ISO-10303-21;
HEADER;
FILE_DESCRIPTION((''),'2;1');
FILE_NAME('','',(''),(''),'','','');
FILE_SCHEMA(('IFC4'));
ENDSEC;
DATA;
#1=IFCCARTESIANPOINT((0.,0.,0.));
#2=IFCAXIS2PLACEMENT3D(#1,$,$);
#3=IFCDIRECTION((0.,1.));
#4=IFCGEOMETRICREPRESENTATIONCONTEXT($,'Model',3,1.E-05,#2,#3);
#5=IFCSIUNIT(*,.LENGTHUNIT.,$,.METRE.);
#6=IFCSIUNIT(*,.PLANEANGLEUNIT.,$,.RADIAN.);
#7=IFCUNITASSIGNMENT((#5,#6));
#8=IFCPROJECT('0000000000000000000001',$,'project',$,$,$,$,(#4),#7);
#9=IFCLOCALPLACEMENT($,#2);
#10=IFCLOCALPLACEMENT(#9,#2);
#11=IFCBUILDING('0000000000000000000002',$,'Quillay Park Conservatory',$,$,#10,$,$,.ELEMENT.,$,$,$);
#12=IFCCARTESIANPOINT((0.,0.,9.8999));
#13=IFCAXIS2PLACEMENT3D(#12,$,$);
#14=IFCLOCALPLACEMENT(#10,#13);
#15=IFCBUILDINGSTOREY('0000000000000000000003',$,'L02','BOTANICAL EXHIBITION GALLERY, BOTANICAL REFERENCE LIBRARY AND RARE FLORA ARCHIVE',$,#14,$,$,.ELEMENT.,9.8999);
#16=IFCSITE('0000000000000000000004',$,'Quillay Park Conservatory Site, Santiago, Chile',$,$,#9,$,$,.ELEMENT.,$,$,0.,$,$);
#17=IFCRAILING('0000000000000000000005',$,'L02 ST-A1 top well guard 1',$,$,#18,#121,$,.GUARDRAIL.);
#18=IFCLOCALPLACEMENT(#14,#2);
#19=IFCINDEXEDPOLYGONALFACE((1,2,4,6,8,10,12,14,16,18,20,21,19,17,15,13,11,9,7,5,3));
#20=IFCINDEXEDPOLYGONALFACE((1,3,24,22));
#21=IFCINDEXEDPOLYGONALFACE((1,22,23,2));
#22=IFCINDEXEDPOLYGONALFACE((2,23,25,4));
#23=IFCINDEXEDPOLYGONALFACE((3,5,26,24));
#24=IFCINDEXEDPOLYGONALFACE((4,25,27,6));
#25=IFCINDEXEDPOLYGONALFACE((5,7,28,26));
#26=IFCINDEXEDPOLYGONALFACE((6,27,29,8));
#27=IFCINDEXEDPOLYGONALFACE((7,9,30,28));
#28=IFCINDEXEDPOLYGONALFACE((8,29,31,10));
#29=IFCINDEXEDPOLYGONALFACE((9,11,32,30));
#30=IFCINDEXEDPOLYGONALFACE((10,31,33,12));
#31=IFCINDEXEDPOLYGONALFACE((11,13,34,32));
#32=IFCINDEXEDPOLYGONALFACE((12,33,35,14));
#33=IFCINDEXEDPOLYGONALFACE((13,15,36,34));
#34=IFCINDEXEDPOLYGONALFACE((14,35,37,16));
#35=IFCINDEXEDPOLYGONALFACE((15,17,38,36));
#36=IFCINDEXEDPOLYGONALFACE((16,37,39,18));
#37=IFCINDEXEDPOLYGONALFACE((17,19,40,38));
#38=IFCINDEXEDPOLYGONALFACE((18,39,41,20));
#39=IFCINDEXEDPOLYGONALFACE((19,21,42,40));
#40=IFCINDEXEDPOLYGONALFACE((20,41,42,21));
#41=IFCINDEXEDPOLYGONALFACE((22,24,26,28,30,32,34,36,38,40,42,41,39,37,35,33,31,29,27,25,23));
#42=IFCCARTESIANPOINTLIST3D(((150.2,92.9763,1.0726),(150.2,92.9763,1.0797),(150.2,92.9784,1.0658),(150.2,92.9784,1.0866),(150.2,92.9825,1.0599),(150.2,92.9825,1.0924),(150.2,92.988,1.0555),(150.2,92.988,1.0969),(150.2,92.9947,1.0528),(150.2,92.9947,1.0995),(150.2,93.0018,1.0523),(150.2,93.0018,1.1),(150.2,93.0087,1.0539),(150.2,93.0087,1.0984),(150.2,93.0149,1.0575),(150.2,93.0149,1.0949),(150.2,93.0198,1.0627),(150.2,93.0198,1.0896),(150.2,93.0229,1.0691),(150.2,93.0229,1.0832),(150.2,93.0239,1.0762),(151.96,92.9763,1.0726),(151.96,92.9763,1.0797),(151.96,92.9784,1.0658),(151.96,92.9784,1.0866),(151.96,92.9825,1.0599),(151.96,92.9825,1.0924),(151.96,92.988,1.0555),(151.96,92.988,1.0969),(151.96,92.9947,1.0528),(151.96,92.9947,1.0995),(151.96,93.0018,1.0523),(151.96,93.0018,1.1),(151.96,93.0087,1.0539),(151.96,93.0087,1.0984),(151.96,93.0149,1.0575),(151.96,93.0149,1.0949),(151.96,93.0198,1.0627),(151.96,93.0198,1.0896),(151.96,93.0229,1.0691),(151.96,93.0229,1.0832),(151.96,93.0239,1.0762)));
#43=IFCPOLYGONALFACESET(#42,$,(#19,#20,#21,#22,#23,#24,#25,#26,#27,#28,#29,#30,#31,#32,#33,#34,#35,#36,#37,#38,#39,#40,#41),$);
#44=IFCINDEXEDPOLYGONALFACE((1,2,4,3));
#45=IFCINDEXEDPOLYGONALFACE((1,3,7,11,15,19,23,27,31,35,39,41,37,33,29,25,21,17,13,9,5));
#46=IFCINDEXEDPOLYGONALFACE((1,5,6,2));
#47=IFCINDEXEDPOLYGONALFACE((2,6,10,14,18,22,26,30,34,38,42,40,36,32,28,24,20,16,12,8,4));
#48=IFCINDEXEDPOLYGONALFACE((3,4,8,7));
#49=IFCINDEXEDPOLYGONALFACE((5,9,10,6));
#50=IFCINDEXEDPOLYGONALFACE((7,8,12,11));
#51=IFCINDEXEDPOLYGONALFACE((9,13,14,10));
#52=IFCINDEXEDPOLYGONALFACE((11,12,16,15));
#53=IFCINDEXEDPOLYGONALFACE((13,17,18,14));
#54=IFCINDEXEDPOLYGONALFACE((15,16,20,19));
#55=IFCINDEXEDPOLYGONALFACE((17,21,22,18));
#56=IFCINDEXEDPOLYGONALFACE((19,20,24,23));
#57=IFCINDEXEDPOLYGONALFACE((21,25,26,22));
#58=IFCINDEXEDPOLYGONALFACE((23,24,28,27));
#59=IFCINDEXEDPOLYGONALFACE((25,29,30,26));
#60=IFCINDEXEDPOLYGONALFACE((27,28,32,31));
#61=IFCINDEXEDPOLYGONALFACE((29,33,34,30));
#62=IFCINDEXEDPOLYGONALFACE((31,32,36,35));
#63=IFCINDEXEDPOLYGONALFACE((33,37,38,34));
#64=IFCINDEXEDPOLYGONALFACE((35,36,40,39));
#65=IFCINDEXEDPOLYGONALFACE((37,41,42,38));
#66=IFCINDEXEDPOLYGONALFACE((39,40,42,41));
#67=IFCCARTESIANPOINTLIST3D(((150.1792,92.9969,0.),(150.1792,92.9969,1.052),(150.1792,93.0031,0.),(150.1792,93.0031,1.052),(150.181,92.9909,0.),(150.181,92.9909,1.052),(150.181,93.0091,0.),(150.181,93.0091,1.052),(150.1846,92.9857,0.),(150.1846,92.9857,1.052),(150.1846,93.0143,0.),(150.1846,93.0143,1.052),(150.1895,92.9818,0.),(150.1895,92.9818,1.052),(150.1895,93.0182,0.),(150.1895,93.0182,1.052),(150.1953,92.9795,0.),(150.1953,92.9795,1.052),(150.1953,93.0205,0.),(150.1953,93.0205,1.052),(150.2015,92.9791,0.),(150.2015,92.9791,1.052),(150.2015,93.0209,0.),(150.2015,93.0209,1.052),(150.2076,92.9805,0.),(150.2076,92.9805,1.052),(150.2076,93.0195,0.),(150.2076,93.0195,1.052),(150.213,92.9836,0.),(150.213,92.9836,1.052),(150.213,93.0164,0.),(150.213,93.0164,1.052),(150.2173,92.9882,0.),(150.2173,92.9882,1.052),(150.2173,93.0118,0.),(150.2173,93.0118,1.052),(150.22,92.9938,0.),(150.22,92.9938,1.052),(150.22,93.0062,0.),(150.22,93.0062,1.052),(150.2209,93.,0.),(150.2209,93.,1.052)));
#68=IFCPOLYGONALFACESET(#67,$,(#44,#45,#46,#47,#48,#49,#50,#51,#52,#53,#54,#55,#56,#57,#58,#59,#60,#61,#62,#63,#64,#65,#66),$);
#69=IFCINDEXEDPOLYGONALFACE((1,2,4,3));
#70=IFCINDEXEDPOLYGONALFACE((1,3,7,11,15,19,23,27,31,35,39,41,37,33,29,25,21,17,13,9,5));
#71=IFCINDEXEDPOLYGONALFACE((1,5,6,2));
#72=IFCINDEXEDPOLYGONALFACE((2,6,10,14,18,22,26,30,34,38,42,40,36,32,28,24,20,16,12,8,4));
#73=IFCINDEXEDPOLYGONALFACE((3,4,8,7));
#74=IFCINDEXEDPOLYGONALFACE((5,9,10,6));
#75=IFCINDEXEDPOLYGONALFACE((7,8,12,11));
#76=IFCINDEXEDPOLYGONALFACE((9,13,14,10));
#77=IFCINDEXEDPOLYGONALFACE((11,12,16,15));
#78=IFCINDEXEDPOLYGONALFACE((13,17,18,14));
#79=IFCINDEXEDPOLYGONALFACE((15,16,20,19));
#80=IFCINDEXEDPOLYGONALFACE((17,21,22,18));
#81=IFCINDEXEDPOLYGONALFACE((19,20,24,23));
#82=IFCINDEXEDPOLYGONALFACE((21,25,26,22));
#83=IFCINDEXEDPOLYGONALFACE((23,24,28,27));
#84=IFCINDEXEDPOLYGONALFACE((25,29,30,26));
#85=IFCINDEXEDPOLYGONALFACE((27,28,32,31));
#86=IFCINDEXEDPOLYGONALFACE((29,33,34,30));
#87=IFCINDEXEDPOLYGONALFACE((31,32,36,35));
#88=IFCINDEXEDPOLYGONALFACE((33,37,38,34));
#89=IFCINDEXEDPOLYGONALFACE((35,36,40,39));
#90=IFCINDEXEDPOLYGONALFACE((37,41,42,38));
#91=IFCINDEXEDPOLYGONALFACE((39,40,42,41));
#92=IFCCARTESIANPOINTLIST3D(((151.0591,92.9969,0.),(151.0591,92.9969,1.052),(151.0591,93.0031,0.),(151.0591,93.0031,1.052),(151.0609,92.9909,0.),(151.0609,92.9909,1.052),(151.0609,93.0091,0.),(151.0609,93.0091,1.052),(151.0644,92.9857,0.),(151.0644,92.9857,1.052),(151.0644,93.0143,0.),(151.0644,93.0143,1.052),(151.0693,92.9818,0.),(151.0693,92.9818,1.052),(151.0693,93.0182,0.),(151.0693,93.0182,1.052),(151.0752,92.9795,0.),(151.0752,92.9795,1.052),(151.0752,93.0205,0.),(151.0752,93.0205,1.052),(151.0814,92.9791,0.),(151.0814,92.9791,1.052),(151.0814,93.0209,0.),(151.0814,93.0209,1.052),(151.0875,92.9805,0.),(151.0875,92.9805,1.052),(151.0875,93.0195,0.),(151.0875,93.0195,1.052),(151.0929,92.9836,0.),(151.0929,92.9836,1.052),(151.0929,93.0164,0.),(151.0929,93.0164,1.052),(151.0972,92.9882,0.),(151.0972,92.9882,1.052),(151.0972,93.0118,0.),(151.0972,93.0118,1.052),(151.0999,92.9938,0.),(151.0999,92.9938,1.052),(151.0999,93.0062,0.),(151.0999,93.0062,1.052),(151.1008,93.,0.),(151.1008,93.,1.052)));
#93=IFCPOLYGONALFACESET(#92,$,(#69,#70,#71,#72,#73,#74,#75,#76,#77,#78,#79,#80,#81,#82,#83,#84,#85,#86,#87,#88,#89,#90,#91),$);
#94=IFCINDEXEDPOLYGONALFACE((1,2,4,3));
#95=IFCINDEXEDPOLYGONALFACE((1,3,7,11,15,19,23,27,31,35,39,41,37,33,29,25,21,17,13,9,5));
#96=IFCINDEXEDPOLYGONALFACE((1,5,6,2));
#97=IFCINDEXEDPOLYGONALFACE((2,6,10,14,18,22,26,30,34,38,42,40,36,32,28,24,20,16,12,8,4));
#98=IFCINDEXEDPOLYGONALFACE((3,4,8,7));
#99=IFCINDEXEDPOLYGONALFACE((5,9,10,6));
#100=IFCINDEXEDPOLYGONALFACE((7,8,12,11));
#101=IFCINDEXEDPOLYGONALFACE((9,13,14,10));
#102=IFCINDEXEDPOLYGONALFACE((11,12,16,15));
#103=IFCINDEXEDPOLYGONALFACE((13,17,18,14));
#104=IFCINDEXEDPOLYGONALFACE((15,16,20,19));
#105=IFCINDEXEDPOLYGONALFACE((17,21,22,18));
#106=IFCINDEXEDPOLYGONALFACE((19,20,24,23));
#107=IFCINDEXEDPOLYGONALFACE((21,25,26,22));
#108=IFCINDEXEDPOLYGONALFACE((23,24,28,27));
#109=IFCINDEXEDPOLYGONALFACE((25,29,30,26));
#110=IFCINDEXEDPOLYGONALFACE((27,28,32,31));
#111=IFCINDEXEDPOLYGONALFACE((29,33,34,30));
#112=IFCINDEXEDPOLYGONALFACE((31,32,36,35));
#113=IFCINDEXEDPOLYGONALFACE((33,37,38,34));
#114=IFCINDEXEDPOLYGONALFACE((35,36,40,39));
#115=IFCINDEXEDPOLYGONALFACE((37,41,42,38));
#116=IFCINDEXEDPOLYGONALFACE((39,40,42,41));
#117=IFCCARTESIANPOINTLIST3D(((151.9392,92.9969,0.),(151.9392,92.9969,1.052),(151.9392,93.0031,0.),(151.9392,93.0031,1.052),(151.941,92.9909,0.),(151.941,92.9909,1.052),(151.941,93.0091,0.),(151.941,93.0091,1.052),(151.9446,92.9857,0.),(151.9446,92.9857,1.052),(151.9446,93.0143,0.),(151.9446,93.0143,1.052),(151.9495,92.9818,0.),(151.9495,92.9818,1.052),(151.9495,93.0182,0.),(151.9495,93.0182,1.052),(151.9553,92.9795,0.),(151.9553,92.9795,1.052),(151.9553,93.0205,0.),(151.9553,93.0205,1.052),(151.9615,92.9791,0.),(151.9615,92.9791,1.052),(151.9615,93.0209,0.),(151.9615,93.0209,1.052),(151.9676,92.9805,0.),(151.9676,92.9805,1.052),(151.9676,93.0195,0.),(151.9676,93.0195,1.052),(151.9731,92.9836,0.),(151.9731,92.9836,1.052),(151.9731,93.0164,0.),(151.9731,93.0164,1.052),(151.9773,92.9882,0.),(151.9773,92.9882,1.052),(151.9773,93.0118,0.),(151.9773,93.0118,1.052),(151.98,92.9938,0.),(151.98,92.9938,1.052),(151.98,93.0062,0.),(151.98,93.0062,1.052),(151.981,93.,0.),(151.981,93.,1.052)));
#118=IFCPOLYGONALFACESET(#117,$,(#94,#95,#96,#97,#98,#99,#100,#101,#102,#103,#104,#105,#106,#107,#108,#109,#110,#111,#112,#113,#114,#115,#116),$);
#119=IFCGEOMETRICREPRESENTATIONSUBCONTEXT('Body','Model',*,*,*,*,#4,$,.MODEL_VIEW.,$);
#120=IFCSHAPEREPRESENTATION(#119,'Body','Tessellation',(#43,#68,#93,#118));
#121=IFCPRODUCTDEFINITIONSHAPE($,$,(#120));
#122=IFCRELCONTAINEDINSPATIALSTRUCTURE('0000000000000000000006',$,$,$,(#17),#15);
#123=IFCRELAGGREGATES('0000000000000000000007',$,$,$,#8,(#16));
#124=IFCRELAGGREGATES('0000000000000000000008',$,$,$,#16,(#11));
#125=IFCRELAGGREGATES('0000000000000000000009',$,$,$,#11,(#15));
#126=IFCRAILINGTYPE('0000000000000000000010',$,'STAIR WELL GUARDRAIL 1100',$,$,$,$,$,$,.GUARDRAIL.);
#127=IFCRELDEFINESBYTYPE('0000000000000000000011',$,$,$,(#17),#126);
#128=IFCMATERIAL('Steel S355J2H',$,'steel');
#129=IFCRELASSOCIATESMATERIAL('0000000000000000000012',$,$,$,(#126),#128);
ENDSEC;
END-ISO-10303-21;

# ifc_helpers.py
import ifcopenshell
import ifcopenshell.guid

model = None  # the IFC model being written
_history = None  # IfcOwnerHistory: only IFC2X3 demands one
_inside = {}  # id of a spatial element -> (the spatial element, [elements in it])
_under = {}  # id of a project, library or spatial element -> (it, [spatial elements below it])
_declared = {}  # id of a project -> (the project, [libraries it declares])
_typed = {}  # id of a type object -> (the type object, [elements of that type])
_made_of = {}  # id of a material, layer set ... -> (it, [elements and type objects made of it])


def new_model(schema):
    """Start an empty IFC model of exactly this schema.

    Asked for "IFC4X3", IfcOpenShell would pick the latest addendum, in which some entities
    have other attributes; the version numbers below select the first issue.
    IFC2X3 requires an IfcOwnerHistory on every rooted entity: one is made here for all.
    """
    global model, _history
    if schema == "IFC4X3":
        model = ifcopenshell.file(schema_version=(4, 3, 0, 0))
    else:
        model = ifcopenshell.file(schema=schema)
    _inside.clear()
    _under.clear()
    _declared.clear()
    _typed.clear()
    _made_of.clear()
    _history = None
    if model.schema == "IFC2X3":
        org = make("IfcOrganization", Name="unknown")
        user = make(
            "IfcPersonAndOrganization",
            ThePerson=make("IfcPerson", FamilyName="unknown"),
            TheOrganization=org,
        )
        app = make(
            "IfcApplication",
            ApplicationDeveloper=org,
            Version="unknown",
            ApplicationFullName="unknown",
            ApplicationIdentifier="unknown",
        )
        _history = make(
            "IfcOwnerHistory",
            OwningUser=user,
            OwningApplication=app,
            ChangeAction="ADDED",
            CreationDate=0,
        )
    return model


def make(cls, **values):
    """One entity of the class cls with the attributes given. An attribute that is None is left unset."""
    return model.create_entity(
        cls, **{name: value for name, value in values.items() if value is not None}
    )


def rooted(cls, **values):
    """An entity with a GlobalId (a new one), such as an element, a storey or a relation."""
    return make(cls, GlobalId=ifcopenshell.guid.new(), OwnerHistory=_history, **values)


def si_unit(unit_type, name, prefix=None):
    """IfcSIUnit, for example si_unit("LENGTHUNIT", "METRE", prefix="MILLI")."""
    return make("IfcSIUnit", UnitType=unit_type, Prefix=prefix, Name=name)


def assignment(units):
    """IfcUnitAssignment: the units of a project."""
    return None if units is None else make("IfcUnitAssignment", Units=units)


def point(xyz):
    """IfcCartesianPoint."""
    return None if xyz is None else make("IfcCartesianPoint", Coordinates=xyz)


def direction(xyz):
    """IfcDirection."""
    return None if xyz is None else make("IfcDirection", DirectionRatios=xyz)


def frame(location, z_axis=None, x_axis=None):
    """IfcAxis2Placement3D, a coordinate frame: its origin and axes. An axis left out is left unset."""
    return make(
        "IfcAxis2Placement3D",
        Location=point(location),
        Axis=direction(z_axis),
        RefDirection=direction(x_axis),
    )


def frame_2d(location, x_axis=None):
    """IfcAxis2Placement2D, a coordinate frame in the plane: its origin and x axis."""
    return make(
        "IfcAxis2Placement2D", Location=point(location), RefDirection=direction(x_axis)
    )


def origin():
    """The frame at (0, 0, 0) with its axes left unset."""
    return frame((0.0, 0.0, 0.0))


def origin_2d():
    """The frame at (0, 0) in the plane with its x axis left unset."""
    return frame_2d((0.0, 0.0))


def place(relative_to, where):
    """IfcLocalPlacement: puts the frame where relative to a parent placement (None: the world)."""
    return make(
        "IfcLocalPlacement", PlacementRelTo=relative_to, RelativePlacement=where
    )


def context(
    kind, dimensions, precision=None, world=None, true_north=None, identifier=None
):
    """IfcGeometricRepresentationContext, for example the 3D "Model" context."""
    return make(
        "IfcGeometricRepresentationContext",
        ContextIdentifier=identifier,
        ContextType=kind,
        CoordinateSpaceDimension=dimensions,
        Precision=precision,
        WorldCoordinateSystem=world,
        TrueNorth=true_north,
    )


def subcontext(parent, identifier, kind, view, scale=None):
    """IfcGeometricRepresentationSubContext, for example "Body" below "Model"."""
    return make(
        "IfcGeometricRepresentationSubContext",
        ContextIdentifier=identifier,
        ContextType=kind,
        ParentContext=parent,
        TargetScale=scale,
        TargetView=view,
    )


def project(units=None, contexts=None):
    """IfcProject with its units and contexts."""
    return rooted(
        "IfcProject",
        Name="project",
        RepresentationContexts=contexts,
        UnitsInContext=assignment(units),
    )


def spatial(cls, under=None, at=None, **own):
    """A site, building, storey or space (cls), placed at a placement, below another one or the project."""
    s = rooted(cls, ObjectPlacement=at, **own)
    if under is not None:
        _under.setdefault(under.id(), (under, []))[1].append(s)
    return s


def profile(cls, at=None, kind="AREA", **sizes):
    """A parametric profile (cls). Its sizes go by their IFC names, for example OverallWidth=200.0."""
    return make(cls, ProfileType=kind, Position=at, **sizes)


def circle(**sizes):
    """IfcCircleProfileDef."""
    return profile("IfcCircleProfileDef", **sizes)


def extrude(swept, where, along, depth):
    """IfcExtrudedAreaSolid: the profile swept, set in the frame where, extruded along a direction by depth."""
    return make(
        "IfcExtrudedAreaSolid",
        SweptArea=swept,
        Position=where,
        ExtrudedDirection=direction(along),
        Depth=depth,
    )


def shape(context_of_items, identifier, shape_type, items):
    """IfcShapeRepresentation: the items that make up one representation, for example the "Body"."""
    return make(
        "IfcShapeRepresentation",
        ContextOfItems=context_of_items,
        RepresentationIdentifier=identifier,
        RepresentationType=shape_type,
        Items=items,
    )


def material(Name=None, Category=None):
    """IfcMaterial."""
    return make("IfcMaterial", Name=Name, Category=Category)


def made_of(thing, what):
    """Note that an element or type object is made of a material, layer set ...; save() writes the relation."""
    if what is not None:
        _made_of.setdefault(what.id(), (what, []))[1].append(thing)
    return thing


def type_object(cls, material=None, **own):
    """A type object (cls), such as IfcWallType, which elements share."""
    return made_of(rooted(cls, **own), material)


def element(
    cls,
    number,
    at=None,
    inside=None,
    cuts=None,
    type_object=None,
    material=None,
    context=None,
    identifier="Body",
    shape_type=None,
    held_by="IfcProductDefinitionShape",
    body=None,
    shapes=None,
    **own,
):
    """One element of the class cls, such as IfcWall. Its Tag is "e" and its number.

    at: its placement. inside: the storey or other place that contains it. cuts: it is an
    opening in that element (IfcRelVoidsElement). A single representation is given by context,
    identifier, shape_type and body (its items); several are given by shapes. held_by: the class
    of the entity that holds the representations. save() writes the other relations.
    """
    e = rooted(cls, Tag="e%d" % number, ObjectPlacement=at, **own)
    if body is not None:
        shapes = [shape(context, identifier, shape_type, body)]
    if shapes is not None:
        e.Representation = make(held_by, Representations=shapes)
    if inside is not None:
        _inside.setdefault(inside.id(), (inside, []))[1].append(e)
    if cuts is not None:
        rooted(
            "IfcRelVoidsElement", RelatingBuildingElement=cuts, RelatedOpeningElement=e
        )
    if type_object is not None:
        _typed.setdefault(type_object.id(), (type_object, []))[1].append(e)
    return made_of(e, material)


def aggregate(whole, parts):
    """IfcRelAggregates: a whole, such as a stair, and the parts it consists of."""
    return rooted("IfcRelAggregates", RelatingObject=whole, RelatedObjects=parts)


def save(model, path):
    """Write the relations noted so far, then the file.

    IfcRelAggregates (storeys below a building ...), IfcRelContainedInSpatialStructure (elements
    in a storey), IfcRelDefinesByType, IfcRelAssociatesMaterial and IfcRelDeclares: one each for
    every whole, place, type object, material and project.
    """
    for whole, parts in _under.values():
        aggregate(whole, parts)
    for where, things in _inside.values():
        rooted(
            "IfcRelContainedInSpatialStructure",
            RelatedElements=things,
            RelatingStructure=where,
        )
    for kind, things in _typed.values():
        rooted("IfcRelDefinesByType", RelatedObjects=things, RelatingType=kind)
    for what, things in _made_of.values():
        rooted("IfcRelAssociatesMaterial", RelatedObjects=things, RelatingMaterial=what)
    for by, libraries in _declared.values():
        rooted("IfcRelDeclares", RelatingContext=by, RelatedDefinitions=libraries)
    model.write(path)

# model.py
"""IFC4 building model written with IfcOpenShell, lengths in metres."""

from ifc_helpers import new_model, si_unit, direction, frame, origin, origin_2d, place, context, subcontext, project, spatial, circle, extrude, material, type_object, element, save


model = new_model("IFC4")

# Units and contexts
model_context = context("Model", 3, precision=1e-05, world=origin(), true_north=direction((0.0, 1.0)))
body_context = subcontext(model_context, "Body", "Model", "MODEL_VIEW")
ifc_project = project(units=[si_unit("LENGTHUNIT", "METRE"), si_unit("PLANEANGLEUNIT", "RADIAN")], contexts=[model_context])

# Site, building, storey
site_placement = place(None, origin())
site = spatial("IfcSite", under=ifc_project, at=site_placement, Name="Quillay Park Conservatory Site, Santiago, Chile", CompositionType="ELEMENT", RefElevation=0.0)
building_placement = place(site_placement, origin())
building = spatial("IfcBuilding", under=site, at=building_placement, Name="Quillay Park Conservatory", CompositionType="ELEMENT")
storey_placement = place(building_placement, frame((0.0, 0.0, 9.8999)))
storey = spatial("IfcBuildingStorey", under=building, at=storey_placement, Name="L02", Description="BOTANICAL EXHIBITION GALLERY, BOTANICAL REFERENCE LIBRARY AND RARE FLORA ARCHIVE", CompositionType="ELEMENT", Elevation=9.8999)

# Railing
ifc_material_1 = material(Name="Steel S355J2H", Category="steel")
railing_type_1 = type_object("IfcRailingType", Name="STAIR WELL GUARDRAIL 1100", PredefinedType="GUARDRAIL", material=ifc_material_1)
railing_1_placement = place(storey_placement, frame((150.2, 93.0, 0.0)))
element("IfcRailing", 1, at=railing_1_placement, inside=storey, type_object=railing_type_1, Name="L02 ST-A1 top well guard 1", PredefinedType="GUARDRAIL", context=body_context, shape_type="SweptSolid", body=[
    extrude(circle(Radius=0.0239, at=origin_2d()), frame((0.0, 0.0, 1.0762), z_axis=(1.0, 0.0, 0.0), x_axis=(0.0, 1.0, 0.0)), (0.0, 0.0, 1.0), 1.76),
    extrude(circle(Radius=0.021, at=origin_2d()), origin(), (0.0, 0.0, 1.0), 1.052),
    extrude(circle(Radius=0.021, at=origin_2d()), frame((0.8799, 0.0, 0.0)), (0.0, 0.0, 1.0), 1.052),
    extrude(circle(Radius=0.021, at=origin_2d()), frame((1.76, 0.0, 0.0)), (0.0, 0.0, 1.0), 1.052),
])

save(model, "model.ifc")
